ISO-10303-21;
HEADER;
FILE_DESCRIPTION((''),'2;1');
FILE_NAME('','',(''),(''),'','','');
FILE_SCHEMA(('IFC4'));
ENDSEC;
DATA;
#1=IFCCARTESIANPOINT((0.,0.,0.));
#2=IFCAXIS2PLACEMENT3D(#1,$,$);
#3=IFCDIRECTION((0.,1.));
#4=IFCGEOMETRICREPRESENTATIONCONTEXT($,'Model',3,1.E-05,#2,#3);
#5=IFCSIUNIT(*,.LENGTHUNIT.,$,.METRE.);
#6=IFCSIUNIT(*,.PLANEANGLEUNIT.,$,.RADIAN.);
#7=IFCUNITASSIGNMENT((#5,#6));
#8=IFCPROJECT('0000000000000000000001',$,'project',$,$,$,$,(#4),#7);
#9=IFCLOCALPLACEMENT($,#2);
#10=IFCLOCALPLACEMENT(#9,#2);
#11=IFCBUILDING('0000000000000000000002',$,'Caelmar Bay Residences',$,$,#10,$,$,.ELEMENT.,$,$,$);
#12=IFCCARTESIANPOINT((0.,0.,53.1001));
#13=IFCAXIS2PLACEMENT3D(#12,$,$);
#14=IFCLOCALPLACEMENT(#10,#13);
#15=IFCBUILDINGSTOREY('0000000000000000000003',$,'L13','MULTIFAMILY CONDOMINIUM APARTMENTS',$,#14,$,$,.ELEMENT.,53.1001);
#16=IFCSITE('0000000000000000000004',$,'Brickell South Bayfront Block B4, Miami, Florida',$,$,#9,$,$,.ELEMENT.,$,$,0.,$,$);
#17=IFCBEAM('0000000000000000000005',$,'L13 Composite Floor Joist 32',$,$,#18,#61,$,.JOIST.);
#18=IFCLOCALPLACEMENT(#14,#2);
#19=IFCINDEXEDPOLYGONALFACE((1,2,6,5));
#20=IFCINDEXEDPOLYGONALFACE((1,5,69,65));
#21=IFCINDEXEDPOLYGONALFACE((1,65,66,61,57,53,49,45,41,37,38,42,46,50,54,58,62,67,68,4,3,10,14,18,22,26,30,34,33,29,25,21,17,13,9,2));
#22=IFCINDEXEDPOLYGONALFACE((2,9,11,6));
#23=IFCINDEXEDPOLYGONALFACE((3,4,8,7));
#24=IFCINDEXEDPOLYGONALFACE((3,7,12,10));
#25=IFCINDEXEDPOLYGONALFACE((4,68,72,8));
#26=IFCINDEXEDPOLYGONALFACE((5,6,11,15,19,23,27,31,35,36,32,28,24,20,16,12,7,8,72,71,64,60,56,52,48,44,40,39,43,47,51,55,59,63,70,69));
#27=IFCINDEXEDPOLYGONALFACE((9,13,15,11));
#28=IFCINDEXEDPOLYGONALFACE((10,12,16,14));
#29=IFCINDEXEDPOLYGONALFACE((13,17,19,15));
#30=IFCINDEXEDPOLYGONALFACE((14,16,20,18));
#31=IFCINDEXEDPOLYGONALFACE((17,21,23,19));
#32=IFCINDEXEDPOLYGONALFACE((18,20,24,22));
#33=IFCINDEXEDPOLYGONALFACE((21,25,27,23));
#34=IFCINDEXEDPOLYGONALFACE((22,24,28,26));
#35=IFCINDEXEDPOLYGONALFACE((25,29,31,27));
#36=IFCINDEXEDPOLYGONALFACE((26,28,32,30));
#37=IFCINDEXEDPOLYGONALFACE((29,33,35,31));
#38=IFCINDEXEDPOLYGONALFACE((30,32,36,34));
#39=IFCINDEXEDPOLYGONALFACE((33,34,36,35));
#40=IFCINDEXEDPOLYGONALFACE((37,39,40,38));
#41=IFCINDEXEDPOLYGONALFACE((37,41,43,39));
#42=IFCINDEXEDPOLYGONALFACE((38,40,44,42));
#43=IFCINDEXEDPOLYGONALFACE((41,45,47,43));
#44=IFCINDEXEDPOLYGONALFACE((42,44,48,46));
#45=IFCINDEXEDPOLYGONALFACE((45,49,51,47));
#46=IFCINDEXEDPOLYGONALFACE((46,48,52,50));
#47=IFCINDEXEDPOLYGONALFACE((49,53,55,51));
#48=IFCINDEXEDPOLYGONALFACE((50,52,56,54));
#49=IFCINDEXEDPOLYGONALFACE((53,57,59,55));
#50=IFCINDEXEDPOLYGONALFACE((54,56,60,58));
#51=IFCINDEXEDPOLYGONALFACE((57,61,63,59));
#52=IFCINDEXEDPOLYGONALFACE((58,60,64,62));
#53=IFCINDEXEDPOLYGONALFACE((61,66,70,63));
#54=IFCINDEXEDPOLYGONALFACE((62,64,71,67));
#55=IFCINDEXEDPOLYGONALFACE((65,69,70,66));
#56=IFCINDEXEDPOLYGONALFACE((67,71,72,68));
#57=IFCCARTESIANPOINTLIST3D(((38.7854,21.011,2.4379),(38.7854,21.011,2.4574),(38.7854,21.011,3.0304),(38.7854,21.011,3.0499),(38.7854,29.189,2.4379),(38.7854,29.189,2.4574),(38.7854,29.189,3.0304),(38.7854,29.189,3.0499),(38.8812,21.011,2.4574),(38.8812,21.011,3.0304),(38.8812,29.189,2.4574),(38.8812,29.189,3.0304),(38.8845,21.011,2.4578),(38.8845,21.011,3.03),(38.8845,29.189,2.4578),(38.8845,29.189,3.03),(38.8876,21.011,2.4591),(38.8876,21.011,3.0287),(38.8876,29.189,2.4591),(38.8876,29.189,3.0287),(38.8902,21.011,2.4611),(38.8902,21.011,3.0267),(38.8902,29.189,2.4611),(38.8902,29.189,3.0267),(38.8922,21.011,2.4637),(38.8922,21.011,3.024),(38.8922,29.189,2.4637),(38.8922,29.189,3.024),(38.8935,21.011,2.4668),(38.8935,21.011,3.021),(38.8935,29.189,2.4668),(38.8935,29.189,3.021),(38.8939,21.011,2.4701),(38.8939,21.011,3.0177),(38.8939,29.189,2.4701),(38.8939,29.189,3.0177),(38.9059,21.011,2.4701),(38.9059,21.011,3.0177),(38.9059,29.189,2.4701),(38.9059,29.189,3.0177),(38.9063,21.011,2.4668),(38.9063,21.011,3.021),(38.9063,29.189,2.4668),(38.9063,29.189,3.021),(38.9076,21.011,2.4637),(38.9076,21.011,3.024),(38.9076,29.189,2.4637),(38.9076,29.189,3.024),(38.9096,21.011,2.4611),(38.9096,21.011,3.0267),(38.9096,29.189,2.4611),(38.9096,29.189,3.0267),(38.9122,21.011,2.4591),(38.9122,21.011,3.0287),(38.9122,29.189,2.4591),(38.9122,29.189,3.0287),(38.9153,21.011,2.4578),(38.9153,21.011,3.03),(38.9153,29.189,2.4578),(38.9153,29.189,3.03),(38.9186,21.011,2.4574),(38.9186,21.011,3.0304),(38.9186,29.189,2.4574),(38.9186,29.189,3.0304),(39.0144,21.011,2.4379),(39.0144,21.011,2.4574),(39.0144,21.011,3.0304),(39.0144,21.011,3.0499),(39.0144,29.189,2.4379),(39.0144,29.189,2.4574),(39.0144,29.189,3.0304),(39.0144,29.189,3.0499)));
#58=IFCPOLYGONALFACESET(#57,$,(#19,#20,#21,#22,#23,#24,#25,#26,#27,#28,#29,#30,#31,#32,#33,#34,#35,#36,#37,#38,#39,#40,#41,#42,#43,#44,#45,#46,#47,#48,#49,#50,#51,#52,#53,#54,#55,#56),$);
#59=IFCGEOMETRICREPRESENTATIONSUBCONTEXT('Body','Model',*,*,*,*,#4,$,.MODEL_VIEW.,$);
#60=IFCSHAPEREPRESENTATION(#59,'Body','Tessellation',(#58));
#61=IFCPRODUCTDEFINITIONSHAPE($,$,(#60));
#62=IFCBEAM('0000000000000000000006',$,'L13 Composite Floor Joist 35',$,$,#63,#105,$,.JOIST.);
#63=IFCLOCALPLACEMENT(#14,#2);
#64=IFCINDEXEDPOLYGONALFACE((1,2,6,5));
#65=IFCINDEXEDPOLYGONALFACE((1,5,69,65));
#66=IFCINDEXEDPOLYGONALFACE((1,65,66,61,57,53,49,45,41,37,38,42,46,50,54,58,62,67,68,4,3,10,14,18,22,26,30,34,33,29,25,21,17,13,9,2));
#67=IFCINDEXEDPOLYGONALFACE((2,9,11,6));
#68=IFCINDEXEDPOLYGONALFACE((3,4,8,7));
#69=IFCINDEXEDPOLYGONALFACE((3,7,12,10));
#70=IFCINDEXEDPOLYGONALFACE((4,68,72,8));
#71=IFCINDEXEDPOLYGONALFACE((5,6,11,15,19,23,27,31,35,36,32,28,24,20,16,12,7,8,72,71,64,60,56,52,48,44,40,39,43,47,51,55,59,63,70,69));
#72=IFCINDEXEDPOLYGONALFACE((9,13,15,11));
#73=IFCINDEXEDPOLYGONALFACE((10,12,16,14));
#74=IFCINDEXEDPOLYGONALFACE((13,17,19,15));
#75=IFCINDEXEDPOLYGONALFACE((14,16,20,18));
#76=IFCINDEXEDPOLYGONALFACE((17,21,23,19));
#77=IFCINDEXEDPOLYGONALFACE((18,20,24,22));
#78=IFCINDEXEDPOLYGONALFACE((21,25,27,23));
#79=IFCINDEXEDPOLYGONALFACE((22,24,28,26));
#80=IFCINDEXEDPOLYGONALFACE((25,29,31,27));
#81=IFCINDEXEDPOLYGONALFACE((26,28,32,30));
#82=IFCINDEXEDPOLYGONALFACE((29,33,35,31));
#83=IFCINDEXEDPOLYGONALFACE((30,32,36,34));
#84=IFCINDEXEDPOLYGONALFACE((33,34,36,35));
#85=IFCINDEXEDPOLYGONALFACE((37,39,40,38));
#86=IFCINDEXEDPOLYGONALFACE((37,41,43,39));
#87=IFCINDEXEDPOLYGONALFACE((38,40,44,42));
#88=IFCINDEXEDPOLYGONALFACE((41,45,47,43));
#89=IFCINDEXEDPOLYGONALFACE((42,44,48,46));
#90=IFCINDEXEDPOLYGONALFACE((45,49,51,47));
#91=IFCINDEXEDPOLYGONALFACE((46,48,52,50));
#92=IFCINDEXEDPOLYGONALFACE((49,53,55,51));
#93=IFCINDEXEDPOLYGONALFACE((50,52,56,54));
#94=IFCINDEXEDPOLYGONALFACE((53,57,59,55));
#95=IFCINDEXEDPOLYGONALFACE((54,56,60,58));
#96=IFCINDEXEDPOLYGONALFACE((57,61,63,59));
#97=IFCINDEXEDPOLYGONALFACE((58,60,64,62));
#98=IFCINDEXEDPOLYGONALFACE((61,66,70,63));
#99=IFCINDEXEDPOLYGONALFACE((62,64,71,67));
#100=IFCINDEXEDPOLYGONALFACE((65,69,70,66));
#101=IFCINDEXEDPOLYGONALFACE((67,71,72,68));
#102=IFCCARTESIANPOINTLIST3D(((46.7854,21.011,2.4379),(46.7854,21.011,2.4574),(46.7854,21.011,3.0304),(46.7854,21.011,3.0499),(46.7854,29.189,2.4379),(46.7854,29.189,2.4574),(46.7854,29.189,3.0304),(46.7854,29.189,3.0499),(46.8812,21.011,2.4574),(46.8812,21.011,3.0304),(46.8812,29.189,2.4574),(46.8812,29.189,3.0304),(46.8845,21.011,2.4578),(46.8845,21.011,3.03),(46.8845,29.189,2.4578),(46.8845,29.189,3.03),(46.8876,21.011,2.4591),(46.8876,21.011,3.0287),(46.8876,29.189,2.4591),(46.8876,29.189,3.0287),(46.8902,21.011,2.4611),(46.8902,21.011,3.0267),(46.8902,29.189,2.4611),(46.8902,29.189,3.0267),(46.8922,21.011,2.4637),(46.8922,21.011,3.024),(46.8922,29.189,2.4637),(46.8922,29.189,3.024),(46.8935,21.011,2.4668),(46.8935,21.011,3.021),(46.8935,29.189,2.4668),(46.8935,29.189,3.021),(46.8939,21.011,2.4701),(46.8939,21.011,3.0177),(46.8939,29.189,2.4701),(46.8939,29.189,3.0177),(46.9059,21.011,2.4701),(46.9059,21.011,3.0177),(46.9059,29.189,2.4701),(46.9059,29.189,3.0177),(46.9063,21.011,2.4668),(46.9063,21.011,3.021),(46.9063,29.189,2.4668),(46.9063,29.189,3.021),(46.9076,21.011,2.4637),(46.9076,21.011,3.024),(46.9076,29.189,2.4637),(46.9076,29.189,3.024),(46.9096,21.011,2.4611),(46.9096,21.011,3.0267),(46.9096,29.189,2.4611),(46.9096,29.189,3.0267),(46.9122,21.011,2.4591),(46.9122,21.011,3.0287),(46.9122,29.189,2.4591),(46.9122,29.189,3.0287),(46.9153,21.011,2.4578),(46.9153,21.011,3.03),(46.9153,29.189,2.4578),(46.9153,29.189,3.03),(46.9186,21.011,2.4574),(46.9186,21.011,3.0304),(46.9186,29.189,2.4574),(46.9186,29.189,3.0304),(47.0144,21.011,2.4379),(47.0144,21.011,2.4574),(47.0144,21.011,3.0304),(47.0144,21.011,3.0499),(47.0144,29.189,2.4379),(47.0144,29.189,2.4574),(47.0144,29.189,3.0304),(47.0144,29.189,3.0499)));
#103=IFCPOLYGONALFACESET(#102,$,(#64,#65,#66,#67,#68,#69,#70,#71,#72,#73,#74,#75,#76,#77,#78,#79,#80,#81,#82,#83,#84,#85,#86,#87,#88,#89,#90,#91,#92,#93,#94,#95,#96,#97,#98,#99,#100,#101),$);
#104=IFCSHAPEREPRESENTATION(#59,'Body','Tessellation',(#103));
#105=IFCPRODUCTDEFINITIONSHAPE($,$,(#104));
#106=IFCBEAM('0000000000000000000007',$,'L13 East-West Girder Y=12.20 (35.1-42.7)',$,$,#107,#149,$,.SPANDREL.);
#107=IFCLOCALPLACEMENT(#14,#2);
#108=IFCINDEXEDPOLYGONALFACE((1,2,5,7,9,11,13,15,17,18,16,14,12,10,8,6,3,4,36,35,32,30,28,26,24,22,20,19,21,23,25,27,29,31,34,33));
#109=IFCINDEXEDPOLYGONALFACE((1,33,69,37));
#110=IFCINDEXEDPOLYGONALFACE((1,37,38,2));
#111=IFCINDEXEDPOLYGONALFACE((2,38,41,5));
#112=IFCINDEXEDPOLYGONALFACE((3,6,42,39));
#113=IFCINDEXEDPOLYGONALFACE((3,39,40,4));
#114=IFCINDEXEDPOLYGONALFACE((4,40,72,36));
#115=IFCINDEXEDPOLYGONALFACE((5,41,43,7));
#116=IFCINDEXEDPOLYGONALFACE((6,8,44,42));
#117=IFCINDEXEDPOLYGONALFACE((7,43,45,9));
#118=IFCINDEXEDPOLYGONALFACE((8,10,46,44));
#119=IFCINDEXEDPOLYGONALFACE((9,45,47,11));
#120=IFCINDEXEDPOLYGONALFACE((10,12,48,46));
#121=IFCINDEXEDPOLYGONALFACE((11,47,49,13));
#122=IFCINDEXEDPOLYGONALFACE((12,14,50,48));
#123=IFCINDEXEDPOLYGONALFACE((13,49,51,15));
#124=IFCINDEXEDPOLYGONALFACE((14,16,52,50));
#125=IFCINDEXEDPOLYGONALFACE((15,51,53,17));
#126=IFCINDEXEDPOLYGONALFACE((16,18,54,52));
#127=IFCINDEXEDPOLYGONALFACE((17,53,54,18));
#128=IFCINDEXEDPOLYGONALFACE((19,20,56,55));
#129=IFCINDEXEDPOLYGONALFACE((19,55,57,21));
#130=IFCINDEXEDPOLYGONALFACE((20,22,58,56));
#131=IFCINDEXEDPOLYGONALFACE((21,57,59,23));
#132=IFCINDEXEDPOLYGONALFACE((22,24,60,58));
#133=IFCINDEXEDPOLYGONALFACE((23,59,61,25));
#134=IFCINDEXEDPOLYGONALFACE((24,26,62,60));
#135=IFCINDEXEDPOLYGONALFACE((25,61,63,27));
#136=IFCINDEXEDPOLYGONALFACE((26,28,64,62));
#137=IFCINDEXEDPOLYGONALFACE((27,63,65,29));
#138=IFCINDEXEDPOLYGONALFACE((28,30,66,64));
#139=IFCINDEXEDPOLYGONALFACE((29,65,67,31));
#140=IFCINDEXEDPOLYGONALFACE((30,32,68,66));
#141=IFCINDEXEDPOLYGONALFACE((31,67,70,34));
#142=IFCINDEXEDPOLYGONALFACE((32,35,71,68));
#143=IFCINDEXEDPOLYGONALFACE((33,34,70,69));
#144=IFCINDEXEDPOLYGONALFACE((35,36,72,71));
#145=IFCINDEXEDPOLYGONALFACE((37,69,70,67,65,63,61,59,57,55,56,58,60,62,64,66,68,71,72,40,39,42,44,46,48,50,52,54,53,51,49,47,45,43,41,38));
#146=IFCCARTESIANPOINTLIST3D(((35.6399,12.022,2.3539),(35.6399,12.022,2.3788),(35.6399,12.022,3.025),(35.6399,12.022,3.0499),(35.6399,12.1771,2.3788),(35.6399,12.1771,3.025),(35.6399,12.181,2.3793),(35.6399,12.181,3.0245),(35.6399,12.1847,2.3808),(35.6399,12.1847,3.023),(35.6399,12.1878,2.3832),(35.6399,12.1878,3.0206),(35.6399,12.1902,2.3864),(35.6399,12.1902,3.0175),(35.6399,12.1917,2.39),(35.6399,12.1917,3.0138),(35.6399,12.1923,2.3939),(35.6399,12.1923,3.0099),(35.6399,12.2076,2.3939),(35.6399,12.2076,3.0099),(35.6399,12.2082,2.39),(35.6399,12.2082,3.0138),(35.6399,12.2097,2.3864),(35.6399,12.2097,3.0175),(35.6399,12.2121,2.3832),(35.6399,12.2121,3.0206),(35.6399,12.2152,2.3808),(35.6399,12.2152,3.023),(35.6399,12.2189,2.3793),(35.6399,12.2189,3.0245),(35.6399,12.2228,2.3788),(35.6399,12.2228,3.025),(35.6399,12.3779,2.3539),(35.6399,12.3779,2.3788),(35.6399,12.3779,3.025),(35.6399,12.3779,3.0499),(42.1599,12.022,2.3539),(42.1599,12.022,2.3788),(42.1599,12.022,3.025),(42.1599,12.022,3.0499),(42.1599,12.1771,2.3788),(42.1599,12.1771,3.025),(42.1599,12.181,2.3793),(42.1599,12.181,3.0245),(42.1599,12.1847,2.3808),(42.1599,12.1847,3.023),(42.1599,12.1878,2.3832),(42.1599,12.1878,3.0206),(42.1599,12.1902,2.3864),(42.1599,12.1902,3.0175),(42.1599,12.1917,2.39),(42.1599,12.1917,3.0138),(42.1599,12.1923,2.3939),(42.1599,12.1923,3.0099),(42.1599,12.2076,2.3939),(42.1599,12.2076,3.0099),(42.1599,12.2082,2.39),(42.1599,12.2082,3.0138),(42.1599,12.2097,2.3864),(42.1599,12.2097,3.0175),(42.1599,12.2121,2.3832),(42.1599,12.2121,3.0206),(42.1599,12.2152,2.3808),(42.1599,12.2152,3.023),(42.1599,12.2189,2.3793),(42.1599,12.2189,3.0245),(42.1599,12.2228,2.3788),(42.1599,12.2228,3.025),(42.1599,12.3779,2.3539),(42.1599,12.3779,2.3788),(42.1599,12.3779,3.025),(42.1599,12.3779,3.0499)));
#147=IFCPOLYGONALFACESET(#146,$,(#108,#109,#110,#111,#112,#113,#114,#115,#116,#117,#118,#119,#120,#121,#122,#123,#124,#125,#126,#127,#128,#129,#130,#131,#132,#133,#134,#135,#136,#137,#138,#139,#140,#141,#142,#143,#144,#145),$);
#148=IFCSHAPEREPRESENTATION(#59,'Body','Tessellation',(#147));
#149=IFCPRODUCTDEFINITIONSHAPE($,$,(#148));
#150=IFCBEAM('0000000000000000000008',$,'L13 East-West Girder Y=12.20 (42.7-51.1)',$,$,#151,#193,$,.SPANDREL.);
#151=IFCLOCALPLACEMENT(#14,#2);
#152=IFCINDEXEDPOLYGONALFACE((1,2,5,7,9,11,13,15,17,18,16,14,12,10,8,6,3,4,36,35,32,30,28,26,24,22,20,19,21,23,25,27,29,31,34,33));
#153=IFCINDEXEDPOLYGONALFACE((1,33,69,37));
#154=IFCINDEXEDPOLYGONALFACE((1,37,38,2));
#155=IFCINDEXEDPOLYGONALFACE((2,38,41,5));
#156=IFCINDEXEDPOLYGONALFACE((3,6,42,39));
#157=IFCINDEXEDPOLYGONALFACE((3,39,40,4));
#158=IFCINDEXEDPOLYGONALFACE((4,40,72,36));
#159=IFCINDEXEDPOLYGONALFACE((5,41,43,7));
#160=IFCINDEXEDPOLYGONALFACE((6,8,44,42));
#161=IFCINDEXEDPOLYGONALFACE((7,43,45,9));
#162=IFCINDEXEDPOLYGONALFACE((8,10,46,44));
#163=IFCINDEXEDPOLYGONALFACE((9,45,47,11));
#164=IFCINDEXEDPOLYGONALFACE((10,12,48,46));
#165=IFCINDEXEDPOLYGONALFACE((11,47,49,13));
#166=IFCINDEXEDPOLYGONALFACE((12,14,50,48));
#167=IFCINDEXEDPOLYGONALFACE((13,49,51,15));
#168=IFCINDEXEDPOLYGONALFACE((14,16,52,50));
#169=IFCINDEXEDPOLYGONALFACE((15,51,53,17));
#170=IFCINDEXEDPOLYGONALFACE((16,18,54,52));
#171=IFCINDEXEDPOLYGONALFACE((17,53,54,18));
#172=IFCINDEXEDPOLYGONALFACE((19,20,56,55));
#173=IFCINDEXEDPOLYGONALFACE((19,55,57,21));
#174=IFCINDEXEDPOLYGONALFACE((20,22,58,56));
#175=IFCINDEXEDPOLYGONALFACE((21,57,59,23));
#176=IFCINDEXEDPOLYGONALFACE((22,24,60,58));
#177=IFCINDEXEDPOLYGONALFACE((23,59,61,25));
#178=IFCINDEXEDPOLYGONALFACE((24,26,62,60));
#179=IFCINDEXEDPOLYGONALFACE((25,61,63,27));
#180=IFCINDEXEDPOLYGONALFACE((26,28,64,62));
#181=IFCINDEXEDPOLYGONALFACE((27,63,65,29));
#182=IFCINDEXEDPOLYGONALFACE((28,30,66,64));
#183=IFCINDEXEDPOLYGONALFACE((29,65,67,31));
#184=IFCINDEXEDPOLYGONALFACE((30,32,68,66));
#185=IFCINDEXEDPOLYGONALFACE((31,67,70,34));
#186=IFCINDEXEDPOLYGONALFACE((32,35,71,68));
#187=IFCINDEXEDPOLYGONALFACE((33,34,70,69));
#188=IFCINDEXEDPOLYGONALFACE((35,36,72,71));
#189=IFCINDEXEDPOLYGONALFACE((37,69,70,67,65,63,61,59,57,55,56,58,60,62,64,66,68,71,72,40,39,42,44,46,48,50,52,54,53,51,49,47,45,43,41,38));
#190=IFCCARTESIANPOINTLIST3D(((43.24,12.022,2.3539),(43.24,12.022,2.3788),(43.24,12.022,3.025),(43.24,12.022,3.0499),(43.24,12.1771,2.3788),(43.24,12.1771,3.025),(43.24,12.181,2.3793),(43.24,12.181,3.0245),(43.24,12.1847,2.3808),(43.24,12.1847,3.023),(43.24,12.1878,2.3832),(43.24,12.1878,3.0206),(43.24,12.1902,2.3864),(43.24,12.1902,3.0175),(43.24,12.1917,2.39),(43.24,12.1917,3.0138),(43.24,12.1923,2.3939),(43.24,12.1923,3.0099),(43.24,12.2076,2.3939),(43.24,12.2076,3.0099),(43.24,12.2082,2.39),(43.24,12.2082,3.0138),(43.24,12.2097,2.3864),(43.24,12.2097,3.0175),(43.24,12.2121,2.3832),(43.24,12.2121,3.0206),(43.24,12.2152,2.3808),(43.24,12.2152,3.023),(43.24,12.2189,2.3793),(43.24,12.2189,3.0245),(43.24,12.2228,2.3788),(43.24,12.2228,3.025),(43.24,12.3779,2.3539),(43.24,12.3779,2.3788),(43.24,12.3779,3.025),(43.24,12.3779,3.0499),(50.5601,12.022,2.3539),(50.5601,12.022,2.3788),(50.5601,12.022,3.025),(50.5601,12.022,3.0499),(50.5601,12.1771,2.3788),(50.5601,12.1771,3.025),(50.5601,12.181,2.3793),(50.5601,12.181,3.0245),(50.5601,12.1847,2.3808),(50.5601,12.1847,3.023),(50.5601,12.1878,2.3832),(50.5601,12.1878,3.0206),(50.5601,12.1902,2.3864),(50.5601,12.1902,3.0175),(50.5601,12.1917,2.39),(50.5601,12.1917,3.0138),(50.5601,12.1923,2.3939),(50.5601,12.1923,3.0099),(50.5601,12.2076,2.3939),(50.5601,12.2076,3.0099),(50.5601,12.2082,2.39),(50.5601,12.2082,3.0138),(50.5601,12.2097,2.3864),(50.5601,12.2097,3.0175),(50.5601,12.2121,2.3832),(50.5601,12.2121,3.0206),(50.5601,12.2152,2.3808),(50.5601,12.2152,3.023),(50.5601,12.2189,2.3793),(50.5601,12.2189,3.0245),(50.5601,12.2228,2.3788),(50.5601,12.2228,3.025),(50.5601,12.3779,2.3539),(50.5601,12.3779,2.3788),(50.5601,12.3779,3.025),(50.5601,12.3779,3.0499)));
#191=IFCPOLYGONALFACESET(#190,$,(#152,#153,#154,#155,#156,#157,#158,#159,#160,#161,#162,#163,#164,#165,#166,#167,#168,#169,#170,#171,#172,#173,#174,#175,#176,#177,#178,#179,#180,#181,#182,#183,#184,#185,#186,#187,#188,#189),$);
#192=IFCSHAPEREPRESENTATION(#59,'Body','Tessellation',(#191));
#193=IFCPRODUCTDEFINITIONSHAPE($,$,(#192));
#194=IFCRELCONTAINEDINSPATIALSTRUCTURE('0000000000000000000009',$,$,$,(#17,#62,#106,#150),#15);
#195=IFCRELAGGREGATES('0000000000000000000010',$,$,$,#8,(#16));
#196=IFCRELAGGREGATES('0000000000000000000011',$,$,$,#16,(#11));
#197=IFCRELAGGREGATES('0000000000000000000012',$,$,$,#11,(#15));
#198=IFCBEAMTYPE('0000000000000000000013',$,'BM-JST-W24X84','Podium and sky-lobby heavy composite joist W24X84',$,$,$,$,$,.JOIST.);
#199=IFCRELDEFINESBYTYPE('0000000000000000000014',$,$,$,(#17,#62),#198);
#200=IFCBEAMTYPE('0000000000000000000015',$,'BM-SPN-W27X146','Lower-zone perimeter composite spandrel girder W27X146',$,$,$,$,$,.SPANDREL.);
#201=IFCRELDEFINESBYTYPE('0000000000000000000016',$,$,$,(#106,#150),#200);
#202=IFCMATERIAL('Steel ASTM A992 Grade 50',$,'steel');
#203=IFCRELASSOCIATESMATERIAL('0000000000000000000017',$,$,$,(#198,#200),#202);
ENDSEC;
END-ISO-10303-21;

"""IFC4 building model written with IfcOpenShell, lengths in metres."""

from ifc_helpers import new_model, si_unit, direction, frame, origin, origin_2d, place, context, subcontext, project, spatial, i_section, extrude, material, material_profile, profile_set, type_object, element, save


model = new_model("IFC4")

# Units and contexts
model_context = context("Model", 3, precision=1e-05, world=origin(), true_north=direction((0.0, 1.0)))
body_context = subcontext(model_context, "Body", "Model", "MODEL_VIEW")
ifc_project = project(units=[si_unit("LENGTHUNIT", "METRE"), si_unit("PLANEANGLEUNIT", "RADIAN")], contexts=[model_context])

# Site, building, storey
site_placement = place(None, origin())
site = spatial("IfcSite", under=ifc_project, at=site_placement, Name="Brickell South Bayfront Block B4, Miami, Florida", CompositionType="ELEMENT", RefElevation=0.0)
building_placement = place(site_placement, origin())
building = spatial("IfcBuilding", under=site, at=building_placement, Name="Caelmar Bay Residences", CompositionType="ELEMENT")
storey_placement = place(building_placement, frame((0.0, 0.0, 53.1001)))
storey = spatial("IfcBuildingStorey", under=building, at=storey_placement, Name="L13", Description="MULTIFAMILY CONDOMINIUM APARTMENTS", CompositionType="ELEMENT", Elevation=53.1001)

# Beams
ifc_material_1 = material(Name="Steel ASTM A992 Grade 50", Category="steel")
ifc_material_profile_1 = material_profile(ifc_material_1, i_section(OverallWidth=0.229, OverallDepth=0.6121, WebThickness=0.012, FlangeThickness=0.0195, FilletRadius=0.0127, at=origin_2d()), Name="W24X84")
ifc_profile_set_1 = profile_set([ifc_material_profile_1], Name="Steel ASTM A992 Grade 50")
beam_type_1 = type_object("IfcBeamType", Name="BM-JST-W24X84", Description="Podium and sky-lobby heavy composite joist W24X84", PredefinedType="JOIST", material=ifc_profile_set_1)
for number, where, z_axis, x_axis, name in (
    (1, (38.8999, 21.011, 2.7439), (0.0, 1.0, 0.0), (-1.0, 0.0, 0.0), "L13 Composite Floor Joist 32"),
    (2, (46.8999, 21.011, 2.7439), (0.0, 1.0, 0.0), (-1.0, 0.0, 0.0), "L13 Composite Floor Joist 35"),
):
    element("IfcBeam", number, at=place(storey_placement, frame(where, z_axis=z_axis, x_axis=x_axis)), inside=storey, type_object=beam_type_1, Name=name, PredefinedType="JOIST", context=body_context, shape_type="SweptSolid", body=[
        extrude(i_section(OverallWidth=0.229, OverallDepth=0.6121, WebThickness=0.012, FlangeThickness=0.0195, FilletRadius=0.0127, at=origin_2d()), origin(), (0.0, 0.0, 1.0), 8.178),
    ])
ifc_material_profile_2 = material_profile(ifc_material_1, i_section(OverallWidth=0.356, OverallDepth=0.696, WebThickness=0.0154, FlangeThickness=0.0249, FilletRadius=0.0151, at=origin_2d()), Name="W27X146")
ifc_profile_set_2 = profile_set([ifc_material_profile_2], Name="Steel ASTM A992 Grade 50")
beam_type_2 = type_object("IfcBeamType", Name="BM-SPN-W27X146", Description="Lower-zone perimeter composite spandrel girder W27X146", PredefinedType="SPANDREL", material=ifc_profile_set_2)
beam_1_placement = place(storey_placement, frame((35.6399, 12.2, 2.7019), z_axis=(1.0, 0.0, 0.0), x_axis=(0.0, 1.0, 0.0)))
element("IfcBeam", 3, at=beam_1_placement, inside=storey, type_object=beam_type_2, Name="L13 East-West Girder Y=12.20 (35.1-42.7)", PredefinedType="SPANDREL", context=body_context, shape_type="SweptSolid", body=[
    extrude(i_section(OverallWidth=0.356, OverallDepth=0.696, WebThickness=0.0154, FlangeThickness=0.0249, FilletRadius=0.0151, at=origin_2d()), origin(), (0.0, 0.0, 1.0), 6.52),
])
beam_2_placement = place(storey_placement, frame((43.24, 12.2, 2.7019), z_axis=(1.0, 0.0, 0.0), x_axis=(0.0, 1.0, 0.0)))
element("IfcBeam", 4, at=beam_2_placement, inside=storey, type_object=beam_type_2, Name="L13 East-West Girder Y=12.20 (42.7-51.1)", PredefinedType="SPANDREL", context=body_context, shape_type="SweptSolid", body=[
    extrude(i_section(OverallWidth=0.356, OverallDepth=0.696, WebThickness=0.0154, FlangeThickness=0.0249, FilletRadius=0.0151, at=origin_2d()), origin(), (0.0, 0.0, 1.0), 7.3201),
])

save(model, "model.ifc")
